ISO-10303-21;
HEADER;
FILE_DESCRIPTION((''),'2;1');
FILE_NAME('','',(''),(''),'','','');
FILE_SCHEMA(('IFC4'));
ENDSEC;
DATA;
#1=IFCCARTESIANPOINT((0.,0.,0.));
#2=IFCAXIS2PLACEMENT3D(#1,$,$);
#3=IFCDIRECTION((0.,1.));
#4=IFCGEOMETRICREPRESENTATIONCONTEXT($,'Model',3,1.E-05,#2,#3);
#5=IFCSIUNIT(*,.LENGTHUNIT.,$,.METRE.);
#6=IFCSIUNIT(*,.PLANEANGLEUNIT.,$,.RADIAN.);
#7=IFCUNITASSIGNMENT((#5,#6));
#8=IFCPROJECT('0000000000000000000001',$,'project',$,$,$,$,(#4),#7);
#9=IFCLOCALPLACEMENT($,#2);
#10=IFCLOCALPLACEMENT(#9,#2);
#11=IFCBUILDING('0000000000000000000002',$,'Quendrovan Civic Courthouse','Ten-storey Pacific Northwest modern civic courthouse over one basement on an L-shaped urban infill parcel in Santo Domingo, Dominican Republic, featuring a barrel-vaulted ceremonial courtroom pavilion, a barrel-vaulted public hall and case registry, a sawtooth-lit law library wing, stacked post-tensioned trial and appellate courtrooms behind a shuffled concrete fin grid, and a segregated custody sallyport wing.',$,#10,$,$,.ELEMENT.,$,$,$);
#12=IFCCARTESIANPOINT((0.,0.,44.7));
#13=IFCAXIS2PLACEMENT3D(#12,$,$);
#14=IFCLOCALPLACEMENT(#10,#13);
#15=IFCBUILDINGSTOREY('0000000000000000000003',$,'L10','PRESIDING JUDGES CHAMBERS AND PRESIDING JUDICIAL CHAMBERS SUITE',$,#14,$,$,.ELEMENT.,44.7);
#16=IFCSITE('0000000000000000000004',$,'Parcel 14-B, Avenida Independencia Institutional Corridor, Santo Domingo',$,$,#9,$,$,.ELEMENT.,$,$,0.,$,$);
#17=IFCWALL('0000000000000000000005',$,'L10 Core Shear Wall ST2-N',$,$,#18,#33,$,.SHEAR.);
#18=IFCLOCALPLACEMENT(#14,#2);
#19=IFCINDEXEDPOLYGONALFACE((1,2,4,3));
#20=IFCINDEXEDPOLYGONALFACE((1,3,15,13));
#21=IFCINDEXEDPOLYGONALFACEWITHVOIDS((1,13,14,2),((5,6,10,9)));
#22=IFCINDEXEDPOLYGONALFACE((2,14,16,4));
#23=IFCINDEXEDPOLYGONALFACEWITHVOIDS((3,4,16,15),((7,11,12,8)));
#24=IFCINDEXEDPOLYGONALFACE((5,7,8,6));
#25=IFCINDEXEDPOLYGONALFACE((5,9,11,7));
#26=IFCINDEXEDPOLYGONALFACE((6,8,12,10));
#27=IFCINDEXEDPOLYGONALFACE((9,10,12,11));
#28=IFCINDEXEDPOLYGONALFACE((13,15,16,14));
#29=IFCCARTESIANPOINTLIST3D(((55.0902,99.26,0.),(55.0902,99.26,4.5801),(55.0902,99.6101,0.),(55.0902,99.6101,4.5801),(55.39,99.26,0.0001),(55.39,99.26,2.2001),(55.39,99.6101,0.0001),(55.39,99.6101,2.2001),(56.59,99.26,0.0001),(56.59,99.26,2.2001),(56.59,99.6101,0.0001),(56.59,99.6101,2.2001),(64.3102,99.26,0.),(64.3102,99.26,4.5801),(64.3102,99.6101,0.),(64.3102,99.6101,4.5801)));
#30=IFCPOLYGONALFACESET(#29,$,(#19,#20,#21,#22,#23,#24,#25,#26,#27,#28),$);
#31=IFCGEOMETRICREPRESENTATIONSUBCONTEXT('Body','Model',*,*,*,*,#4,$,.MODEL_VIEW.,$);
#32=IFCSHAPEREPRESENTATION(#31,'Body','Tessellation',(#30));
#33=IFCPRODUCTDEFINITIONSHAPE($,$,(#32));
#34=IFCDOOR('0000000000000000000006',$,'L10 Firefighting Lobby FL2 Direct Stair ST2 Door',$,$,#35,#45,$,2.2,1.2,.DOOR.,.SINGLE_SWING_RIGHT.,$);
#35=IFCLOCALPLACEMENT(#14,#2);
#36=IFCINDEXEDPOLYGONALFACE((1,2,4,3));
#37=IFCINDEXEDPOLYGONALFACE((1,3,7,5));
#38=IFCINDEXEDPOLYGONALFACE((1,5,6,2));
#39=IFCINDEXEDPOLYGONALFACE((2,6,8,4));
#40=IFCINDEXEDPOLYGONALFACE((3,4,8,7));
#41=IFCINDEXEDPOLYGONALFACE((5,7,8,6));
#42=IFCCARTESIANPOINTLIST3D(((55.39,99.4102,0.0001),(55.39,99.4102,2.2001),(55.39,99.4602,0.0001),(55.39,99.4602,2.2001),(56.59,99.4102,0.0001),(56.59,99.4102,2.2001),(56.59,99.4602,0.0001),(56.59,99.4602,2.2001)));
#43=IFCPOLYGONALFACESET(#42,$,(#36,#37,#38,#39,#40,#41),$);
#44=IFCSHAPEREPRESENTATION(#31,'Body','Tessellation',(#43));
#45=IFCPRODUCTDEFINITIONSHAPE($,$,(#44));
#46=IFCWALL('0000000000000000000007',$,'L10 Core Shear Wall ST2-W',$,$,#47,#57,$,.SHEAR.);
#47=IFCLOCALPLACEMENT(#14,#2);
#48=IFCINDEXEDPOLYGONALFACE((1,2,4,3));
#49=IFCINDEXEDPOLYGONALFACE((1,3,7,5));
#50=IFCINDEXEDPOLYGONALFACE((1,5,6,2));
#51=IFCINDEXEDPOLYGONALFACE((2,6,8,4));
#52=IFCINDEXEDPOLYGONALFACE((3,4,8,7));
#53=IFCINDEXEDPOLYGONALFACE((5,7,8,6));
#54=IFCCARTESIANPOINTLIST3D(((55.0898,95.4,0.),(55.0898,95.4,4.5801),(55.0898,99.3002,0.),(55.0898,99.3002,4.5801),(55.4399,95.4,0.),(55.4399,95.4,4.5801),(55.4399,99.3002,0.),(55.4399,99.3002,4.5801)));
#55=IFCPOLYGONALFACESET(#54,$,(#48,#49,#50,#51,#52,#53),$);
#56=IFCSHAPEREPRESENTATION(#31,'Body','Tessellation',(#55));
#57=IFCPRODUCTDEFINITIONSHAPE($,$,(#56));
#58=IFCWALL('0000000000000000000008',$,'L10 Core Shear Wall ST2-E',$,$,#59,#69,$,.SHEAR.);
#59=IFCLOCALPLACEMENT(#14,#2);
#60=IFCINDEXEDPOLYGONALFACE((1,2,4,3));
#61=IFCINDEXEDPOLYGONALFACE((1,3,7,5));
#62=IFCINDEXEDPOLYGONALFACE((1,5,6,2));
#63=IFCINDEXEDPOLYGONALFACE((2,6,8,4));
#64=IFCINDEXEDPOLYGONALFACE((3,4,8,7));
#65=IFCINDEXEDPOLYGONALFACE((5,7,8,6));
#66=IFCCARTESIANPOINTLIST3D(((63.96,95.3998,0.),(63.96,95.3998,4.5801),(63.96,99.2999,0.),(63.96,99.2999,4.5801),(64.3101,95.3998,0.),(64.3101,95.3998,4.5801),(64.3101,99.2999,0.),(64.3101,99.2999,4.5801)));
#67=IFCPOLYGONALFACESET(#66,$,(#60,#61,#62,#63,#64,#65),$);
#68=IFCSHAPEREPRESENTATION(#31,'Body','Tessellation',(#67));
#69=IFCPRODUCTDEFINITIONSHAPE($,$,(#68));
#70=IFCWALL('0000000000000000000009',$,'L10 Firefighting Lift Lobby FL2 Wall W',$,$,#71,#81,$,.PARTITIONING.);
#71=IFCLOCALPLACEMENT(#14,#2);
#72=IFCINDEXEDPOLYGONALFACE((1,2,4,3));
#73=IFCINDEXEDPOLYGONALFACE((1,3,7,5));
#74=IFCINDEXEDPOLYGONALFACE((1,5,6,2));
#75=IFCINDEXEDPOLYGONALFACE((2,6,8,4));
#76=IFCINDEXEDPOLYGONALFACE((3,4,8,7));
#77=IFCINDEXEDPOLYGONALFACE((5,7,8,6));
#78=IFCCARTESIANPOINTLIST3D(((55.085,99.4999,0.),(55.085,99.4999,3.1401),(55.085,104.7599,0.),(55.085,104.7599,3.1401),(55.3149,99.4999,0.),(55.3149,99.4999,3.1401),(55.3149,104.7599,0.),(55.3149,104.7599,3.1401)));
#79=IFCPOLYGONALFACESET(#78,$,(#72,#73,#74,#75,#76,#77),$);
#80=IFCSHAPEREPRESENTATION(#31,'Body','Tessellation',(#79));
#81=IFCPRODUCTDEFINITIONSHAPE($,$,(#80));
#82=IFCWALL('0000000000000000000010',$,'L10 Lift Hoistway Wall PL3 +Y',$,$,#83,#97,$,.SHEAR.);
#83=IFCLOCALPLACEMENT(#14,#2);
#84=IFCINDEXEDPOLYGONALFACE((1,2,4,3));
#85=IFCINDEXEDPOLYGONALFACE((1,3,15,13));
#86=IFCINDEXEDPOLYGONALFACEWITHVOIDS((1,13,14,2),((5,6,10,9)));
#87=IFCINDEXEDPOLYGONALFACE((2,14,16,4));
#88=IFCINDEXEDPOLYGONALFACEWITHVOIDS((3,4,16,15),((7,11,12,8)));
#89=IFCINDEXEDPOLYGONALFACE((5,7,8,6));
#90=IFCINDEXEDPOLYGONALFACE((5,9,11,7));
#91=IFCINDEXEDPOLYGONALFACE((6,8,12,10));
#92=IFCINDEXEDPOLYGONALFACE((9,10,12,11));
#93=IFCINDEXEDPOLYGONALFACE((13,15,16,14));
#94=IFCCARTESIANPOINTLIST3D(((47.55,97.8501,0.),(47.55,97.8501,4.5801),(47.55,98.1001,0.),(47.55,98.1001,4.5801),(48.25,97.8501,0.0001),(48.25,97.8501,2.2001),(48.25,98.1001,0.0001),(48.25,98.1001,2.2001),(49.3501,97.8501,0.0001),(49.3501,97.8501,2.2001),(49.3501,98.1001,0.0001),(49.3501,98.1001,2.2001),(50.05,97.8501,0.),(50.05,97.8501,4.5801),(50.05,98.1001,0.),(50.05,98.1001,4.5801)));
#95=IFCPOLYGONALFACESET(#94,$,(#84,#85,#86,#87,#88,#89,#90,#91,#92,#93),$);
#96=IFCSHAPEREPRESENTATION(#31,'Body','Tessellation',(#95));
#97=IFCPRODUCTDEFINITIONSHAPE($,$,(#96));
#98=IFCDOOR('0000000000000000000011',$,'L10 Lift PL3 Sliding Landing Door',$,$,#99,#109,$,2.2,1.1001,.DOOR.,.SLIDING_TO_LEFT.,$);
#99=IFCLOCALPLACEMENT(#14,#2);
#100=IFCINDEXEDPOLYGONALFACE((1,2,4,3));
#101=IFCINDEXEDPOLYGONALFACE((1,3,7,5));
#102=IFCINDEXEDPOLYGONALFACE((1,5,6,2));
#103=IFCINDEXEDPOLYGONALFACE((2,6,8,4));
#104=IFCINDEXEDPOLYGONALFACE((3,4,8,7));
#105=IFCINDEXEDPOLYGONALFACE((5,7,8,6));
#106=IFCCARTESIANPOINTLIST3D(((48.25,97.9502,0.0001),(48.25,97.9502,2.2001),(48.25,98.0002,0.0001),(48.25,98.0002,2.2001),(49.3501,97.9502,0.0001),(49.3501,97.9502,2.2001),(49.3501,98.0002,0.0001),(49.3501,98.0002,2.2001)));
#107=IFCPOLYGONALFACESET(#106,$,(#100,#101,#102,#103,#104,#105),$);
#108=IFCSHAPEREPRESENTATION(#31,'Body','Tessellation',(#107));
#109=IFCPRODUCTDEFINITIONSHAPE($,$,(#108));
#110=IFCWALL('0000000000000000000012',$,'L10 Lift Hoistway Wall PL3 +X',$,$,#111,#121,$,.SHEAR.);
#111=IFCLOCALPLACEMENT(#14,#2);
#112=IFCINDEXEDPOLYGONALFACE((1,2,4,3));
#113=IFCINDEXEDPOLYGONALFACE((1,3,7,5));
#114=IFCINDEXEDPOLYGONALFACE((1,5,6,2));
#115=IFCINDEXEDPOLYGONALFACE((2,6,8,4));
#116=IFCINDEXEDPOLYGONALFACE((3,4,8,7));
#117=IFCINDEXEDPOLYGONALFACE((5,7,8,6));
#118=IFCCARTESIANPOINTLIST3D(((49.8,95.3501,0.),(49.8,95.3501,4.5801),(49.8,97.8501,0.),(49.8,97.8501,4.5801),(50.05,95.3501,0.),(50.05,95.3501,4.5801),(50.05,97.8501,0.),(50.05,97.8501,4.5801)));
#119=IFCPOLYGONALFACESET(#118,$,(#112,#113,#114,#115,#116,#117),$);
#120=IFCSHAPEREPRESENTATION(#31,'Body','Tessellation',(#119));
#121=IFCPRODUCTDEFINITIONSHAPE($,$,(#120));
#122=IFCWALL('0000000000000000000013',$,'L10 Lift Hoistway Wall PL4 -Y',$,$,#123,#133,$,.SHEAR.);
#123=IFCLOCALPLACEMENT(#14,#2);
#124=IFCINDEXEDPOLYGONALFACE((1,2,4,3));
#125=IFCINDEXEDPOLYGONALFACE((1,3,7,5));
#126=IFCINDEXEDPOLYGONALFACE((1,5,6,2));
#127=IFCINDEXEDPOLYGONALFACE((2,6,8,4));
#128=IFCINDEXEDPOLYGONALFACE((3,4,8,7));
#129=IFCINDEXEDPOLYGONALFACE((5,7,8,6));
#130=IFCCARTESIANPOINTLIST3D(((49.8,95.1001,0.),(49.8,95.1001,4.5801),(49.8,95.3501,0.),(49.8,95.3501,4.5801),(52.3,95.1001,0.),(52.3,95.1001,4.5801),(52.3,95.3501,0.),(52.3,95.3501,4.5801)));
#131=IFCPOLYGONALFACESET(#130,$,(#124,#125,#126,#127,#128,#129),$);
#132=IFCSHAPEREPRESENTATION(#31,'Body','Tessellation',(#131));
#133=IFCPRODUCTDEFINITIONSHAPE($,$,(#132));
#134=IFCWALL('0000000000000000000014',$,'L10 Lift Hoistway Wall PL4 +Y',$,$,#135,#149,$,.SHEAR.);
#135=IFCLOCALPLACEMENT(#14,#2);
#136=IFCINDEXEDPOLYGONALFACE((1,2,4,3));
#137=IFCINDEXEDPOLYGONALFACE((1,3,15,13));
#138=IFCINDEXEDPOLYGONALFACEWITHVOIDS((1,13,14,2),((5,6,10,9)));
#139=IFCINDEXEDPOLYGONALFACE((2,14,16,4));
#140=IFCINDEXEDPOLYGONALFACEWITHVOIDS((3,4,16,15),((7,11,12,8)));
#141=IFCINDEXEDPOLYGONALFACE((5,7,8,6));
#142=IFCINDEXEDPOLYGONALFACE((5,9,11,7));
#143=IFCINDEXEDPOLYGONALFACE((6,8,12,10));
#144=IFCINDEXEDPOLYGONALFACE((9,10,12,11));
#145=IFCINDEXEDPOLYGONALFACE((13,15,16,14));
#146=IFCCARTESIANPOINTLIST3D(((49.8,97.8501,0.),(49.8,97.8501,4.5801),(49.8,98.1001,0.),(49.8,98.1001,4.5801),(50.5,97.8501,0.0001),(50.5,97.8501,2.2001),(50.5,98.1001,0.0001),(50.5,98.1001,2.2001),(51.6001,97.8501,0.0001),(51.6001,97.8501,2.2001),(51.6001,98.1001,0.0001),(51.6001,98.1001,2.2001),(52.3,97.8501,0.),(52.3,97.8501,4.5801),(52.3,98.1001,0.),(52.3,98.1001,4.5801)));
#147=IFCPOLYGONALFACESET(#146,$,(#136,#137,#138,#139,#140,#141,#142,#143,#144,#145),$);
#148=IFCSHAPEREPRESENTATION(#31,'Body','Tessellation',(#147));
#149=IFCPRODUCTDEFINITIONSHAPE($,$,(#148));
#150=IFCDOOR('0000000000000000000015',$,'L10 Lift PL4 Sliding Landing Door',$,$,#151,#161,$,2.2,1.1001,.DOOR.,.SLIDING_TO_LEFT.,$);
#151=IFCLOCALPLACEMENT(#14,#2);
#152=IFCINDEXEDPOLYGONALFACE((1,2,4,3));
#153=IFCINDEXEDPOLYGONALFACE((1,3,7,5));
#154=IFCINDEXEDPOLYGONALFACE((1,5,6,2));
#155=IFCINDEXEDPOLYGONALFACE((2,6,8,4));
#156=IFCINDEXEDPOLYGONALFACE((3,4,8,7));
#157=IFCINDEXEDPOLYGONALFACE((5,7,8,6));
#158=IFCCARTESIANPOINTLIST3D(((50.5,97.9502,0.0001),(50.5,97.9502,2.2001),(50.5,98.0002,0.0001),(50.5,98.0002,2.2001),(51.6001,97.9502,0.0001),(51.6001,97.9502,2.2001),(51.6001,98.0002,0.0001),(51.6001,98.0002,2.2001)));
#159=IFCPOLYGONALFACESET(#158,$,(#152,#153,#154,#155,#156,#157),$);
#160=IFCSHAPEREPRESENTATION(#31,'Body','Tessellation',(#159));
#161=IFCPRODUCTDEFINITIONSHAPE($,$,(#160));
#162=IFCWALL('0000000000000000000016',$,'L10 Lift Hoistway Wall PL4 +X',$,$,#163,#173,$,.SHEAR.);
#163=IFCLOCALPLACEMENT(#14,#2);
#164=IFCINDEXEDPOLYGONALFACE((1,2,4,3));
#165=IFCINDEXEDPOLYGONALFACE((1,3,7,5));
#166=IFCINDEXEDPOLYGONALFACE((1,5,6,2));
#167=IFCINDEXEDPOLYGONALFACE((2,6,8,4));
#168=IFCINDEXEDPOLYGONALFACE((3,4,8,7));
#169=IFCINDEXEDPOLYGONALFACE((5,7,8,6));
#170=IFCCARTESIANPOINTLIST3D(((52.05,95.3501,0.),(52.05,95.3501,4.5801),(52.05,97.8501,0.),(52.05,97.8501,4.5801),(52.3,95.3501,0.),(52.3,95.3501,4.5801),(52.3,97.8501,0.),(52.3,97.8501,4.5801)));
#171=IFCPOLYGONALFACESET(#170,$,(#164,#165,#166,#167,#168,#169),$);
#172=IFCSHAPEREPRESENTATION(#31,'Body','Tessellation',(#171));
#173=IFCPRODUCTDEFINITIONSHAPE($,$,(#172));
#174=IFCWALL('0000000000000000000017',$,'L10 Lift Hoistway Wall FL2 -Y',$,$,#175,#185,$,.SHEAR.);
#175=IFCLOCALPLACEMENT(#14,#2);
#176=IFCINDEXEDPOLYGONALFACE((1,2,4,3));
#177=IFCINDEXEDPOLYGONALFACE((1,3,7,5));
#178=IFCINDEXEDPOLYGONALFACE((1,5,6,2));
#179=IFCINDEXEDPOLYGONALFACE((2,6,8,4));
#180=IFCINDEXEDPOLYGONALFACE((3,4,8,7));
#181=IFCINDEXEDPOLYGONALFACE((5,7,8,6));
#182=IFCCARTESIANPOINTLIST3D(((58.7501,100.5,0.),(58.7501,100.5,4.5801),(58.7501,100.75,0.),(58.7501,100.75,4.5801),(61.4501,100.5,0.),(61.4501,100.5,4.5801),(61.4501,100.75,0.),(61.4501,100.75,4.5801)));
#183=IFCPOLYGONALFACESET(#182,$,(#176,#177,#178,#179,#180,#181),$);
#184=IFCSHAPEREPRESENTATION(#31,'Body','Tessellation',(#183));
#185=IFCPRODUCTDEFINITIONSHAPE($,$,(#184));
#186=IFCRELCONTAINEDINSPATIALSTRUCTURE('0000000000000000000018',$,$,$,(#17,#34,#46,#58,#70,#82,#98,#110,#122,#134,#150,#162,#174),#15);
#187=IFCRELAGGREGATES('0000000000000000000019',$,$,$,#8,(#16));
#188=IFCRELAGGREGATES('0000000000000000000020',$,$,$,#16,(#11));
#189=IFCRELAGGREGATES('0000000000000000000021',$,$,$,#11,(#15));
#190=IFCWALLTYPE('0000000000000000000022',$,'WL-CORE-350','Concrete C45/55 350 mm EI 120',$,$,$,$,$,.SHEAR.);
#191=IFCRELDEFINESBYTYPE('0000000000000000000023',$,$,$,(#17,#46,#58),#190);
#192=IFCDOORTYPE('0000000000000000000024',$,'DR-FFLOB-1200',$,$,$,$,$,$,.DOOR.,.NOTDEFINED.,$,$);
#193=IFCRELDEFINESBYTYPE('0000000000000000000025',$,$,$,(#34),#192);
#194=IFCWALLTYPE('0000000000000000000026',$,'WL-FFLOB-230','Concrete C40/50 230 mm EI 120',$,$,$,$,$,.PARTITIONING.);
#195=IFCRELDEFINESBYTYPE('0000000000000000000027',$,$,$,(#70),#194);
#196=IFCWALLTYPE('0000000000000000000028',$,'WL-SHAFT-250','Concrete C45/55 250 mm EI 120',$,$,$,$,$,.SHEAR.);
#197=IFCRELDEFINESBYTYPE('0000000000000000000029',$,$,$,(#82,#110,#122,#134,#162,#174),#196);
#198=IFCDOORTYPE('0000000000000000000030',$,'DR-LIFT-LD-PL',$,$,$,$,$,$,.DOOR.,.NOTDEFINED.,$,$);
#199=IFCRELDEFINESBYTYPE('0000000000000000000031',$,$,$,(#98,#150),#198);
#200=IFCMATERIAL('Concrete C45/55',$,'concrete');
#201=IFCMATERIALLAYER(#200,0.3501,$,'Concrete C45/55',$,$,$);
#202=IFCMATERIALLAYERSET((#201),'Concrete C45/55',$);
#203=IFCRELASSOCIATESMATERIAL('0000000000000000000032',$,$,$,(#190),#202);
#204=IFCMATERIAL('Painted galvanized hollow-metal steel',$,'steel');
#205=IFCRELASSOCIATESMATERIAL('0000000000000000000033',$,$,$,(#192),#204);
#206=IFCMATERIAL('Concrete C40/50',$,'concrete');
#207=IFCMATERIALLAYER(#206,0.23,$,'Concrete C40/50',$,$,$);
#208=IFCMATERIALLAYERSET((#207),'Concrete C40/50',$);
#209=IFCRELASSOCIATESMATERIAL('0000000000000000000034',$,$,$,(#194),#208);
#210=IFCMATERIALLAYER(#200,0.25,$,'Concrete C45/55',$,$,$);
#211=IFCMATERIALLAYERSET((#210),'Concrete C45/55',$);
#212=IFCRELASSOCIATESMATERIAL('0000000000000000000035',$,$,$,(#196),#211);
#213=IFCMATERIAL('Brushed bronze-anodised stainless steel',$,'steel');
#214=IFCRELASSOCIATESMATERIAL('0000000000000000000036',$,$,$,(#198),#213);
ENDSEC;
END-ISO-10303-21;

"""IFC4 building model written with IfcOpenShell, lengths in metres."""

from ifc_helpers import new_model, si_unit, direction, frame, frame_2d, origin, place, context, subcontext, project, spatial, rectangle, extrude, material, layer, layer_set, type_object, element, fill, save


model = new_model("IFC4")

# Units and contexts
model_context = context("Model", 3, precision=1e-05, world=origin(), true_north=direction((0.0, 1.0)))
body_context = subcontext(model_context, "Body", "Model", "MODEL_VIEW")
ifc_project = project(units=[si_unit("LENGTHUNIT", "METRE"), si_unit("PLANEANGLEUNIT", "RADIAN")], contexts=[model_context])

# Site, building, storey
site_placement = place(None, origin())
site = spatial("IfcSite", under=ifc_project, at=site_placement, Name="Parcel 14-B, Avenida Independencia Institutional Corridor, Santo Domingo", CompositionType="ELEMENT", RefElevation=0.0)
building_placement = place(site_placement, origin())
building = spatial("IfcBuilding", under=site, at=building_placement, Name="Quendrovan Civic Courthouse", Description="Ten-storey Pacific Northwest modern civic courthouse over one basement on an L-shaped urban infill parcel in Santo Domingo, Dominican Republic, featuring a barrel-vaulted ceremonial courtroom pavilion, a barrel-vaulted public hall and case registry, a sawtooth-lit law library wing, stacked post-tensioned trial and appellate courtrooms behind a shuffled concrete fin grid, and a segregated custody sallyport wing.", CompositionType="ELEMENT")
storey_placement = place(building_placement, frame((0.0, 0.0, 44.7)))
storey = spatial("IfcBuildingStorey", under=building, at=storey_placement, Name="L10", Description="PRESIDING JUDGES CHAMBERS AND PRESIDING JUDICIAL CHAMBERS SUITE", CompositionType="ELEMENT", Elevation=44.7)

# Shared definitions
ifc_material_1 = material(Name="Concrete C45/55", Category="concrete")

# Shared definitions
ifc_material_2 = material(Name="Concrete C40/50", Category="concrete")

# Wall, opening, door
ifc_layer_1 = layer(ifc_material_1, 0.3501, Name="Concrete C45/55")
ifc_layer_set_1 = layer_set([ifc_layer_1], Name="Concrete C45/55")
wall_type_1 = type_object("IfcWallType", Name="WL-CORE-350", Description="Concrete C45/55 350 mm EI 120", PredefinedType="SHEAR", material=ifc_layer_set_1)
ifc_material_3 = material(Name="Painted galvanized hollow-metal steel", Category="steel")
wall_1_placement = place(storey_placement, frame((64.3101, 99.4351, 0.0), z_axis=(0.0, 0.0, 1.0), x_axis=(-1.0, 0.0, 0.0)))
wall_1 = element("IfcWall", 1, at=wall_1_placement, inside=storey, type_object=wall_type_1, Name="L10 Core Shear Wall ST2-N", PredefinedType="SHEAR", context=body_context, shape_type="SweptSolid", body=[
    extrude(rectangle(XDim=9.22, YDim=0.3501, at=frame_2d((4.6099, 0.0))), origin(), (0.0, 0.0, 1.0), 4.5801),
])
opening_1_placement = place(wall_1_placement, frame((7.72, 0.0, 0.0)))
opening_1 = element("IfcOpeningElement", 2, at=opening_1_placement, cuts=wall_1, PredefinedType="OPENING", context=body_context, shape_type="SweptSolid", body=[
    extrude(rectangle(XDim=1.2, YDim=2.2, at=frame_2d((0.6001, 1.1001))), frame((0.0, 0.1851, 0.0), z_axis=(0.0, -1.0, 0.0), x_axis=(1.0, 0.0, 0.0)), (0.0, 0.0, 1.0), 0.3701),
])
door_type_1 = type_object("IfcDoorType", Name="DR-FFLOB-1200", OperationType="NOTDEFINED", PredefinedType="DOOR", material=ifc_material_3)
door_1_placement = place(opening_1_placement, origin())
door_1 = element("IfcDoor", 3, at=door_1_placement, inside=storey, type_object=door_type_1, Name="L10 Firefighting Lobby FL2 Direct Stair ST2 Door", OperationType="SINGLE_SWING_RIGHT", OverallHeight=2.2, OverallWidth=1.2, PredefinedType="DOOR", context=body_context, shape_type="SweptSolid", body=[
    extrude(rectangle(XDim=1.2, YDim=2.2, at=frame_2d((0.6001, 1.1001))), frame((0.0, 0.0249, 0.0), z_axis=(0.0, -1.0, 0.0), x_axis=(1.0, 0.0, 0.0)), (0.0, 0.0, 1.0), 0.05),
])
fill(opening_1, door_1)

# Walls
for number, where, z_axis, x_axis, name in (
    (4, (55.2649, 95.3999, 0.0), (0.0, 0.0, 1.0), (0.0, 1.0, 0.0), "L10 Core Shear Wall ST2-W"),
    (5, (64.135, 99.3, 0.0), (0.0, 0.0, 1.0), (0.0, -1.0, 0.0), "L10 Core Shear Wall ST2-E"),
):
    element("IfcWall", number, at=place(storey_placement, frame(where, z_axis=z_axis, x_axis=x_axis)), inside=storey, type_object=wall_type_1, Name=name, PredefinedType="SHEAR", context=body_context, shape_type="SweptSolid", body=[
        extrude(rectangle(XDim=3.9001, YDim=0.3501, at=frame_2d((1.9502, 0.0))), origin(), (0.0, 0.0, 1.0), 4.5801),
    ])
ifc_layer_2 = layer(ifc_material_2, 0.23, Name="Concrete C40/50")
ifc_layer_set_2 = layer_set([ifc_layer_2], Name="Concrete C40/50")
wall_type_2 = type_object("IfcWallType", Name="WL-FFLOB-230", Description="Concrete C40/50 230 mm EI 120", PredefinedType="PARTITIONING", material=ifc_layer_set_2)
wall_2_placement = place(storey_placement, frame((55.2, 99.5, 0.0), z_axis=(0.0, 0.0, 1.0), x_axis=(0.0, 1.0, 0.0)))
element("IfcWall", 6, at=wall_2_placement, inside=storey, type_object=wall_type_2, Name="L10 Firefighting Lift Lobby FL2 Wall W", PredefinedType="PARTITIONING", context=body_context, shape_type="SweptSolid", body=[
    extrude(rectangle(XDim=5.26, YDim=0.23, at=frame_2d((2.6299, 0.0))), origin(), (0.0, 0.0, 1.0), 3.1401),
])

# Wall, opening, door
ifc_layer_3 = layer(ifc_material_1, 0.25, Name="Concrete C45/55")
ifc_layer_set_3 = layer_set([ifc_layer_3], Name="Concrete C45/55")
wall_type_3 = type_object("IfcWallType", Name="WL-SHAFT-250", Description="Concrete C45/55 250 mm EI 120", PredefinedType="SHEAR", material=ifc_layer_set_3)
wall_3_placement = place(storey_placement, frame((50.05, 97.9751, 0.0), z_axis=(0.0, 0.0, 1.0), x_axis=(-1.0, 0.0, 0.0)))
wall_3 = element("IfcWall", 7, at=wall_3_placement, inside=storey, type_object=wall_type_3, Name="L10 Lift Hoistway Wall PL3 +Y", PredefinedType="SHEAR", context=body_context, shape_type="SweptSolid", body=[
    extrude(rectangle(XDim=2.5, YDim=0.25, at=frame_2d((1.25, 0.0))), origin(), (0.0, 0.0, 1.0), 4.5801),
])
opening_2_placement = place(wall_3_placement, frame((0.7, 0.0, 0.0)))
opening_2 = element("IfcOpeningElement", 8, at=opening_2_placement, cuts=wall_3, PredefinedType="OPENING", context=body_context, shape_type="SweptSolid", body=[
    extrude(rectangle(XDim=1.1001, YDim=2.2, at=frame_2d((0.55, 1.1001))), frame((0.0, 0.135, 0.0), z_axis=(0.0, -1.0, 0.0), x_axis=(1.0, 0.0, 0.0)), (0.0, 0.0, 1.0), 0.27),
])
ifc_material_4 = material(Name="Brushed bronze-anodised stainless steel", Category="steel")
door_type_2 = type_object("IfcDoorType", Name="DR-LIFT-LD-PL", OperationType="NOTDEFINED", PredefinedType="DOOR", material=ifc_material_4)
door_2_placement = place(opening_2_placement, origin())
door_2 = element("IfcDoor", 9, at=door_2_placement, inside=storey, type_object=door_type_2, Name="L10 Lift PL3 Sliding Landing Door", OperationType="SLIDING_TO_LEFT", OverallHeight=2.2, OverallWidth=1.1001, PredefinedType="DOOR", context=body_context, shape_type="SweptSolid", body=[
    extrude(rectangle(XDim=1.1001, YDim=2.2, at=frame_2d((0.55, 1.1001))), frame((0.0, 0.0249, 0.0), z_axis=(0.0, -1.0, 0.0), x_axis=(1.0, 0.0, 0.0)), (0.0, 0.0, 1.0), 0.05),
])
fill(opening_2, door_2)

# Walls
for number, where, z_axis, x_axis, name in (
    (10, (49.925, 97.8501, 0.0), (0.0, 0.0, 1.0), (0.0, -1.0, 0.0), "L10 Lift Hoistway Wall PL3 +X"),
    (11, (49.8, 95.2251, 0.0), (0.0, 0.0, 1.0), (1.0, 0.0, 0.0), "L10 Lift Hoistway Wall PL4 -Y"),
):
    element("IfcWall", number, at=place(storey_placement, frame(where, z_axis=z_axis, x_axis=x_axis)), inside=storey, type_object=wall_type_3, Name=name, PredefinedType="SHEAR", context=body_context, shape_type="SweptSolid", body=[
        extrude(rectangle(XDim=2.5, YDim=0.25, at=frame_2d((1.25, 0.0))), origin(), (0.0, 0.0, 1.0), 4.5801),
    ])

# Wall, opening, door
wall_4_placement = place(storey_placement, frame((52.3, 97.9751, 0.0), z_axis=(0.0, 0.0, 1.0), x_axis=(-1.0, 0.0, 0.0)))
wall_4 = element("IfcWall", 12, at=wall_4_placement, inside=storey, type_object=wall_type_3, Name="L10 Lift Hoistway Wall PL4 +Y", PredefinedType="SHEAR", context=body_context, shape_type="SweptSolid", body=[
    extrude(rectangle(XDim=2.5, YDim=0.25, at=frame_2d((1.25, 0.0))), origin(), (0.0, 0.0, 1.0), 4.5801),
])
opening_3_placement = place(wall_4_placement, frame((0.7, 0.0, 0.0)))
opening_3 = element("IfcOpeningElement", 13, at=opening_3_placement, cuts=wall_4, PredefinedType="OPENING", context=body_context, shape_type="SweptSolid", body=[
    extrude(rectangle(XDim=1.1001, YDim=2.2, at=frame_2d((0.55, 1.1001))), frame((0.0, 0.135, 0.0), z_axis=(0.0, -1.0, 0.0), x_axis=(1.0, 0.0, 0.0)), (0.0, 0.0, 1.0), 0.27),
])
door_3_placement = place(opening_3_placement, origin())
door_3 = element("IfcDoor", 14, at=door_3_placement, inside=storey, type_object=door_type_2, Name="L10 Lift PL4 Sliding Landing Door", OperationType="SLIDING_TO_LEFT", OverallHeight=2.2, OverallWidth=1.1001, PredefinedType="DOOR", context=body_context, shape_type="SweptSolid", body=[
    extrude(rectangle(XDim=1.1001, YDim=2.2, at=frame_2d((0.55, 1.1001))), frame((0.0, 0.0249, 0.0), z_axis=(0.0, -1.0, 0.0), x_axis=(1.0, 0.0, 0.0)), (0.0, 0.0, 1.0), 0.05),
])
fill(opening_3, door_3)

# Walls
wall_5_placement = place(storey_placement, frame((52.175, 97.8501, 0.0), z_axis=(0.0, 0.0, 1.0), x_axis=(0.0, -1.0, 0.0)))
element("IfcWall", 15, at=wall_5_placement, inside=storey, type_object=wall_type_3, Name="L10 Lift Hoistway Wall PL4 +X", PredefinedType="SHEAR", context=body_context, shape_type="SweptSolid", body=[
    extrude(rectangle(XDim=2.5, YDim=0.25, at=frame_2d((1.25, 0.0))), origin(), (0.0, 0.0, 1.0), 4.5801),
])
wall_6_placement = place(storey_placement, frame((58.75, 100.625, 0.0), z_axis=(0.0, 0.0, 1.0), x_axis=(1.0, 0.0, 0.0)))
element("IfcWall", 16, at=wall_6_placement, inside=storey, type_object=wall_type_3, Name="L10 Lift Hoistway Wall FL2 -Y", PredefinedType="SHEAR", context=body_context, shape_type="SweptSolid", body=[
    extrude(rectangle(XDim=2.7, YDim=0.25, at=frame_2d((1.3501, 0.0))), origin(), (0.0, 0.0, 1.0), 4.5801),
])

save(model, "model.ifc")
